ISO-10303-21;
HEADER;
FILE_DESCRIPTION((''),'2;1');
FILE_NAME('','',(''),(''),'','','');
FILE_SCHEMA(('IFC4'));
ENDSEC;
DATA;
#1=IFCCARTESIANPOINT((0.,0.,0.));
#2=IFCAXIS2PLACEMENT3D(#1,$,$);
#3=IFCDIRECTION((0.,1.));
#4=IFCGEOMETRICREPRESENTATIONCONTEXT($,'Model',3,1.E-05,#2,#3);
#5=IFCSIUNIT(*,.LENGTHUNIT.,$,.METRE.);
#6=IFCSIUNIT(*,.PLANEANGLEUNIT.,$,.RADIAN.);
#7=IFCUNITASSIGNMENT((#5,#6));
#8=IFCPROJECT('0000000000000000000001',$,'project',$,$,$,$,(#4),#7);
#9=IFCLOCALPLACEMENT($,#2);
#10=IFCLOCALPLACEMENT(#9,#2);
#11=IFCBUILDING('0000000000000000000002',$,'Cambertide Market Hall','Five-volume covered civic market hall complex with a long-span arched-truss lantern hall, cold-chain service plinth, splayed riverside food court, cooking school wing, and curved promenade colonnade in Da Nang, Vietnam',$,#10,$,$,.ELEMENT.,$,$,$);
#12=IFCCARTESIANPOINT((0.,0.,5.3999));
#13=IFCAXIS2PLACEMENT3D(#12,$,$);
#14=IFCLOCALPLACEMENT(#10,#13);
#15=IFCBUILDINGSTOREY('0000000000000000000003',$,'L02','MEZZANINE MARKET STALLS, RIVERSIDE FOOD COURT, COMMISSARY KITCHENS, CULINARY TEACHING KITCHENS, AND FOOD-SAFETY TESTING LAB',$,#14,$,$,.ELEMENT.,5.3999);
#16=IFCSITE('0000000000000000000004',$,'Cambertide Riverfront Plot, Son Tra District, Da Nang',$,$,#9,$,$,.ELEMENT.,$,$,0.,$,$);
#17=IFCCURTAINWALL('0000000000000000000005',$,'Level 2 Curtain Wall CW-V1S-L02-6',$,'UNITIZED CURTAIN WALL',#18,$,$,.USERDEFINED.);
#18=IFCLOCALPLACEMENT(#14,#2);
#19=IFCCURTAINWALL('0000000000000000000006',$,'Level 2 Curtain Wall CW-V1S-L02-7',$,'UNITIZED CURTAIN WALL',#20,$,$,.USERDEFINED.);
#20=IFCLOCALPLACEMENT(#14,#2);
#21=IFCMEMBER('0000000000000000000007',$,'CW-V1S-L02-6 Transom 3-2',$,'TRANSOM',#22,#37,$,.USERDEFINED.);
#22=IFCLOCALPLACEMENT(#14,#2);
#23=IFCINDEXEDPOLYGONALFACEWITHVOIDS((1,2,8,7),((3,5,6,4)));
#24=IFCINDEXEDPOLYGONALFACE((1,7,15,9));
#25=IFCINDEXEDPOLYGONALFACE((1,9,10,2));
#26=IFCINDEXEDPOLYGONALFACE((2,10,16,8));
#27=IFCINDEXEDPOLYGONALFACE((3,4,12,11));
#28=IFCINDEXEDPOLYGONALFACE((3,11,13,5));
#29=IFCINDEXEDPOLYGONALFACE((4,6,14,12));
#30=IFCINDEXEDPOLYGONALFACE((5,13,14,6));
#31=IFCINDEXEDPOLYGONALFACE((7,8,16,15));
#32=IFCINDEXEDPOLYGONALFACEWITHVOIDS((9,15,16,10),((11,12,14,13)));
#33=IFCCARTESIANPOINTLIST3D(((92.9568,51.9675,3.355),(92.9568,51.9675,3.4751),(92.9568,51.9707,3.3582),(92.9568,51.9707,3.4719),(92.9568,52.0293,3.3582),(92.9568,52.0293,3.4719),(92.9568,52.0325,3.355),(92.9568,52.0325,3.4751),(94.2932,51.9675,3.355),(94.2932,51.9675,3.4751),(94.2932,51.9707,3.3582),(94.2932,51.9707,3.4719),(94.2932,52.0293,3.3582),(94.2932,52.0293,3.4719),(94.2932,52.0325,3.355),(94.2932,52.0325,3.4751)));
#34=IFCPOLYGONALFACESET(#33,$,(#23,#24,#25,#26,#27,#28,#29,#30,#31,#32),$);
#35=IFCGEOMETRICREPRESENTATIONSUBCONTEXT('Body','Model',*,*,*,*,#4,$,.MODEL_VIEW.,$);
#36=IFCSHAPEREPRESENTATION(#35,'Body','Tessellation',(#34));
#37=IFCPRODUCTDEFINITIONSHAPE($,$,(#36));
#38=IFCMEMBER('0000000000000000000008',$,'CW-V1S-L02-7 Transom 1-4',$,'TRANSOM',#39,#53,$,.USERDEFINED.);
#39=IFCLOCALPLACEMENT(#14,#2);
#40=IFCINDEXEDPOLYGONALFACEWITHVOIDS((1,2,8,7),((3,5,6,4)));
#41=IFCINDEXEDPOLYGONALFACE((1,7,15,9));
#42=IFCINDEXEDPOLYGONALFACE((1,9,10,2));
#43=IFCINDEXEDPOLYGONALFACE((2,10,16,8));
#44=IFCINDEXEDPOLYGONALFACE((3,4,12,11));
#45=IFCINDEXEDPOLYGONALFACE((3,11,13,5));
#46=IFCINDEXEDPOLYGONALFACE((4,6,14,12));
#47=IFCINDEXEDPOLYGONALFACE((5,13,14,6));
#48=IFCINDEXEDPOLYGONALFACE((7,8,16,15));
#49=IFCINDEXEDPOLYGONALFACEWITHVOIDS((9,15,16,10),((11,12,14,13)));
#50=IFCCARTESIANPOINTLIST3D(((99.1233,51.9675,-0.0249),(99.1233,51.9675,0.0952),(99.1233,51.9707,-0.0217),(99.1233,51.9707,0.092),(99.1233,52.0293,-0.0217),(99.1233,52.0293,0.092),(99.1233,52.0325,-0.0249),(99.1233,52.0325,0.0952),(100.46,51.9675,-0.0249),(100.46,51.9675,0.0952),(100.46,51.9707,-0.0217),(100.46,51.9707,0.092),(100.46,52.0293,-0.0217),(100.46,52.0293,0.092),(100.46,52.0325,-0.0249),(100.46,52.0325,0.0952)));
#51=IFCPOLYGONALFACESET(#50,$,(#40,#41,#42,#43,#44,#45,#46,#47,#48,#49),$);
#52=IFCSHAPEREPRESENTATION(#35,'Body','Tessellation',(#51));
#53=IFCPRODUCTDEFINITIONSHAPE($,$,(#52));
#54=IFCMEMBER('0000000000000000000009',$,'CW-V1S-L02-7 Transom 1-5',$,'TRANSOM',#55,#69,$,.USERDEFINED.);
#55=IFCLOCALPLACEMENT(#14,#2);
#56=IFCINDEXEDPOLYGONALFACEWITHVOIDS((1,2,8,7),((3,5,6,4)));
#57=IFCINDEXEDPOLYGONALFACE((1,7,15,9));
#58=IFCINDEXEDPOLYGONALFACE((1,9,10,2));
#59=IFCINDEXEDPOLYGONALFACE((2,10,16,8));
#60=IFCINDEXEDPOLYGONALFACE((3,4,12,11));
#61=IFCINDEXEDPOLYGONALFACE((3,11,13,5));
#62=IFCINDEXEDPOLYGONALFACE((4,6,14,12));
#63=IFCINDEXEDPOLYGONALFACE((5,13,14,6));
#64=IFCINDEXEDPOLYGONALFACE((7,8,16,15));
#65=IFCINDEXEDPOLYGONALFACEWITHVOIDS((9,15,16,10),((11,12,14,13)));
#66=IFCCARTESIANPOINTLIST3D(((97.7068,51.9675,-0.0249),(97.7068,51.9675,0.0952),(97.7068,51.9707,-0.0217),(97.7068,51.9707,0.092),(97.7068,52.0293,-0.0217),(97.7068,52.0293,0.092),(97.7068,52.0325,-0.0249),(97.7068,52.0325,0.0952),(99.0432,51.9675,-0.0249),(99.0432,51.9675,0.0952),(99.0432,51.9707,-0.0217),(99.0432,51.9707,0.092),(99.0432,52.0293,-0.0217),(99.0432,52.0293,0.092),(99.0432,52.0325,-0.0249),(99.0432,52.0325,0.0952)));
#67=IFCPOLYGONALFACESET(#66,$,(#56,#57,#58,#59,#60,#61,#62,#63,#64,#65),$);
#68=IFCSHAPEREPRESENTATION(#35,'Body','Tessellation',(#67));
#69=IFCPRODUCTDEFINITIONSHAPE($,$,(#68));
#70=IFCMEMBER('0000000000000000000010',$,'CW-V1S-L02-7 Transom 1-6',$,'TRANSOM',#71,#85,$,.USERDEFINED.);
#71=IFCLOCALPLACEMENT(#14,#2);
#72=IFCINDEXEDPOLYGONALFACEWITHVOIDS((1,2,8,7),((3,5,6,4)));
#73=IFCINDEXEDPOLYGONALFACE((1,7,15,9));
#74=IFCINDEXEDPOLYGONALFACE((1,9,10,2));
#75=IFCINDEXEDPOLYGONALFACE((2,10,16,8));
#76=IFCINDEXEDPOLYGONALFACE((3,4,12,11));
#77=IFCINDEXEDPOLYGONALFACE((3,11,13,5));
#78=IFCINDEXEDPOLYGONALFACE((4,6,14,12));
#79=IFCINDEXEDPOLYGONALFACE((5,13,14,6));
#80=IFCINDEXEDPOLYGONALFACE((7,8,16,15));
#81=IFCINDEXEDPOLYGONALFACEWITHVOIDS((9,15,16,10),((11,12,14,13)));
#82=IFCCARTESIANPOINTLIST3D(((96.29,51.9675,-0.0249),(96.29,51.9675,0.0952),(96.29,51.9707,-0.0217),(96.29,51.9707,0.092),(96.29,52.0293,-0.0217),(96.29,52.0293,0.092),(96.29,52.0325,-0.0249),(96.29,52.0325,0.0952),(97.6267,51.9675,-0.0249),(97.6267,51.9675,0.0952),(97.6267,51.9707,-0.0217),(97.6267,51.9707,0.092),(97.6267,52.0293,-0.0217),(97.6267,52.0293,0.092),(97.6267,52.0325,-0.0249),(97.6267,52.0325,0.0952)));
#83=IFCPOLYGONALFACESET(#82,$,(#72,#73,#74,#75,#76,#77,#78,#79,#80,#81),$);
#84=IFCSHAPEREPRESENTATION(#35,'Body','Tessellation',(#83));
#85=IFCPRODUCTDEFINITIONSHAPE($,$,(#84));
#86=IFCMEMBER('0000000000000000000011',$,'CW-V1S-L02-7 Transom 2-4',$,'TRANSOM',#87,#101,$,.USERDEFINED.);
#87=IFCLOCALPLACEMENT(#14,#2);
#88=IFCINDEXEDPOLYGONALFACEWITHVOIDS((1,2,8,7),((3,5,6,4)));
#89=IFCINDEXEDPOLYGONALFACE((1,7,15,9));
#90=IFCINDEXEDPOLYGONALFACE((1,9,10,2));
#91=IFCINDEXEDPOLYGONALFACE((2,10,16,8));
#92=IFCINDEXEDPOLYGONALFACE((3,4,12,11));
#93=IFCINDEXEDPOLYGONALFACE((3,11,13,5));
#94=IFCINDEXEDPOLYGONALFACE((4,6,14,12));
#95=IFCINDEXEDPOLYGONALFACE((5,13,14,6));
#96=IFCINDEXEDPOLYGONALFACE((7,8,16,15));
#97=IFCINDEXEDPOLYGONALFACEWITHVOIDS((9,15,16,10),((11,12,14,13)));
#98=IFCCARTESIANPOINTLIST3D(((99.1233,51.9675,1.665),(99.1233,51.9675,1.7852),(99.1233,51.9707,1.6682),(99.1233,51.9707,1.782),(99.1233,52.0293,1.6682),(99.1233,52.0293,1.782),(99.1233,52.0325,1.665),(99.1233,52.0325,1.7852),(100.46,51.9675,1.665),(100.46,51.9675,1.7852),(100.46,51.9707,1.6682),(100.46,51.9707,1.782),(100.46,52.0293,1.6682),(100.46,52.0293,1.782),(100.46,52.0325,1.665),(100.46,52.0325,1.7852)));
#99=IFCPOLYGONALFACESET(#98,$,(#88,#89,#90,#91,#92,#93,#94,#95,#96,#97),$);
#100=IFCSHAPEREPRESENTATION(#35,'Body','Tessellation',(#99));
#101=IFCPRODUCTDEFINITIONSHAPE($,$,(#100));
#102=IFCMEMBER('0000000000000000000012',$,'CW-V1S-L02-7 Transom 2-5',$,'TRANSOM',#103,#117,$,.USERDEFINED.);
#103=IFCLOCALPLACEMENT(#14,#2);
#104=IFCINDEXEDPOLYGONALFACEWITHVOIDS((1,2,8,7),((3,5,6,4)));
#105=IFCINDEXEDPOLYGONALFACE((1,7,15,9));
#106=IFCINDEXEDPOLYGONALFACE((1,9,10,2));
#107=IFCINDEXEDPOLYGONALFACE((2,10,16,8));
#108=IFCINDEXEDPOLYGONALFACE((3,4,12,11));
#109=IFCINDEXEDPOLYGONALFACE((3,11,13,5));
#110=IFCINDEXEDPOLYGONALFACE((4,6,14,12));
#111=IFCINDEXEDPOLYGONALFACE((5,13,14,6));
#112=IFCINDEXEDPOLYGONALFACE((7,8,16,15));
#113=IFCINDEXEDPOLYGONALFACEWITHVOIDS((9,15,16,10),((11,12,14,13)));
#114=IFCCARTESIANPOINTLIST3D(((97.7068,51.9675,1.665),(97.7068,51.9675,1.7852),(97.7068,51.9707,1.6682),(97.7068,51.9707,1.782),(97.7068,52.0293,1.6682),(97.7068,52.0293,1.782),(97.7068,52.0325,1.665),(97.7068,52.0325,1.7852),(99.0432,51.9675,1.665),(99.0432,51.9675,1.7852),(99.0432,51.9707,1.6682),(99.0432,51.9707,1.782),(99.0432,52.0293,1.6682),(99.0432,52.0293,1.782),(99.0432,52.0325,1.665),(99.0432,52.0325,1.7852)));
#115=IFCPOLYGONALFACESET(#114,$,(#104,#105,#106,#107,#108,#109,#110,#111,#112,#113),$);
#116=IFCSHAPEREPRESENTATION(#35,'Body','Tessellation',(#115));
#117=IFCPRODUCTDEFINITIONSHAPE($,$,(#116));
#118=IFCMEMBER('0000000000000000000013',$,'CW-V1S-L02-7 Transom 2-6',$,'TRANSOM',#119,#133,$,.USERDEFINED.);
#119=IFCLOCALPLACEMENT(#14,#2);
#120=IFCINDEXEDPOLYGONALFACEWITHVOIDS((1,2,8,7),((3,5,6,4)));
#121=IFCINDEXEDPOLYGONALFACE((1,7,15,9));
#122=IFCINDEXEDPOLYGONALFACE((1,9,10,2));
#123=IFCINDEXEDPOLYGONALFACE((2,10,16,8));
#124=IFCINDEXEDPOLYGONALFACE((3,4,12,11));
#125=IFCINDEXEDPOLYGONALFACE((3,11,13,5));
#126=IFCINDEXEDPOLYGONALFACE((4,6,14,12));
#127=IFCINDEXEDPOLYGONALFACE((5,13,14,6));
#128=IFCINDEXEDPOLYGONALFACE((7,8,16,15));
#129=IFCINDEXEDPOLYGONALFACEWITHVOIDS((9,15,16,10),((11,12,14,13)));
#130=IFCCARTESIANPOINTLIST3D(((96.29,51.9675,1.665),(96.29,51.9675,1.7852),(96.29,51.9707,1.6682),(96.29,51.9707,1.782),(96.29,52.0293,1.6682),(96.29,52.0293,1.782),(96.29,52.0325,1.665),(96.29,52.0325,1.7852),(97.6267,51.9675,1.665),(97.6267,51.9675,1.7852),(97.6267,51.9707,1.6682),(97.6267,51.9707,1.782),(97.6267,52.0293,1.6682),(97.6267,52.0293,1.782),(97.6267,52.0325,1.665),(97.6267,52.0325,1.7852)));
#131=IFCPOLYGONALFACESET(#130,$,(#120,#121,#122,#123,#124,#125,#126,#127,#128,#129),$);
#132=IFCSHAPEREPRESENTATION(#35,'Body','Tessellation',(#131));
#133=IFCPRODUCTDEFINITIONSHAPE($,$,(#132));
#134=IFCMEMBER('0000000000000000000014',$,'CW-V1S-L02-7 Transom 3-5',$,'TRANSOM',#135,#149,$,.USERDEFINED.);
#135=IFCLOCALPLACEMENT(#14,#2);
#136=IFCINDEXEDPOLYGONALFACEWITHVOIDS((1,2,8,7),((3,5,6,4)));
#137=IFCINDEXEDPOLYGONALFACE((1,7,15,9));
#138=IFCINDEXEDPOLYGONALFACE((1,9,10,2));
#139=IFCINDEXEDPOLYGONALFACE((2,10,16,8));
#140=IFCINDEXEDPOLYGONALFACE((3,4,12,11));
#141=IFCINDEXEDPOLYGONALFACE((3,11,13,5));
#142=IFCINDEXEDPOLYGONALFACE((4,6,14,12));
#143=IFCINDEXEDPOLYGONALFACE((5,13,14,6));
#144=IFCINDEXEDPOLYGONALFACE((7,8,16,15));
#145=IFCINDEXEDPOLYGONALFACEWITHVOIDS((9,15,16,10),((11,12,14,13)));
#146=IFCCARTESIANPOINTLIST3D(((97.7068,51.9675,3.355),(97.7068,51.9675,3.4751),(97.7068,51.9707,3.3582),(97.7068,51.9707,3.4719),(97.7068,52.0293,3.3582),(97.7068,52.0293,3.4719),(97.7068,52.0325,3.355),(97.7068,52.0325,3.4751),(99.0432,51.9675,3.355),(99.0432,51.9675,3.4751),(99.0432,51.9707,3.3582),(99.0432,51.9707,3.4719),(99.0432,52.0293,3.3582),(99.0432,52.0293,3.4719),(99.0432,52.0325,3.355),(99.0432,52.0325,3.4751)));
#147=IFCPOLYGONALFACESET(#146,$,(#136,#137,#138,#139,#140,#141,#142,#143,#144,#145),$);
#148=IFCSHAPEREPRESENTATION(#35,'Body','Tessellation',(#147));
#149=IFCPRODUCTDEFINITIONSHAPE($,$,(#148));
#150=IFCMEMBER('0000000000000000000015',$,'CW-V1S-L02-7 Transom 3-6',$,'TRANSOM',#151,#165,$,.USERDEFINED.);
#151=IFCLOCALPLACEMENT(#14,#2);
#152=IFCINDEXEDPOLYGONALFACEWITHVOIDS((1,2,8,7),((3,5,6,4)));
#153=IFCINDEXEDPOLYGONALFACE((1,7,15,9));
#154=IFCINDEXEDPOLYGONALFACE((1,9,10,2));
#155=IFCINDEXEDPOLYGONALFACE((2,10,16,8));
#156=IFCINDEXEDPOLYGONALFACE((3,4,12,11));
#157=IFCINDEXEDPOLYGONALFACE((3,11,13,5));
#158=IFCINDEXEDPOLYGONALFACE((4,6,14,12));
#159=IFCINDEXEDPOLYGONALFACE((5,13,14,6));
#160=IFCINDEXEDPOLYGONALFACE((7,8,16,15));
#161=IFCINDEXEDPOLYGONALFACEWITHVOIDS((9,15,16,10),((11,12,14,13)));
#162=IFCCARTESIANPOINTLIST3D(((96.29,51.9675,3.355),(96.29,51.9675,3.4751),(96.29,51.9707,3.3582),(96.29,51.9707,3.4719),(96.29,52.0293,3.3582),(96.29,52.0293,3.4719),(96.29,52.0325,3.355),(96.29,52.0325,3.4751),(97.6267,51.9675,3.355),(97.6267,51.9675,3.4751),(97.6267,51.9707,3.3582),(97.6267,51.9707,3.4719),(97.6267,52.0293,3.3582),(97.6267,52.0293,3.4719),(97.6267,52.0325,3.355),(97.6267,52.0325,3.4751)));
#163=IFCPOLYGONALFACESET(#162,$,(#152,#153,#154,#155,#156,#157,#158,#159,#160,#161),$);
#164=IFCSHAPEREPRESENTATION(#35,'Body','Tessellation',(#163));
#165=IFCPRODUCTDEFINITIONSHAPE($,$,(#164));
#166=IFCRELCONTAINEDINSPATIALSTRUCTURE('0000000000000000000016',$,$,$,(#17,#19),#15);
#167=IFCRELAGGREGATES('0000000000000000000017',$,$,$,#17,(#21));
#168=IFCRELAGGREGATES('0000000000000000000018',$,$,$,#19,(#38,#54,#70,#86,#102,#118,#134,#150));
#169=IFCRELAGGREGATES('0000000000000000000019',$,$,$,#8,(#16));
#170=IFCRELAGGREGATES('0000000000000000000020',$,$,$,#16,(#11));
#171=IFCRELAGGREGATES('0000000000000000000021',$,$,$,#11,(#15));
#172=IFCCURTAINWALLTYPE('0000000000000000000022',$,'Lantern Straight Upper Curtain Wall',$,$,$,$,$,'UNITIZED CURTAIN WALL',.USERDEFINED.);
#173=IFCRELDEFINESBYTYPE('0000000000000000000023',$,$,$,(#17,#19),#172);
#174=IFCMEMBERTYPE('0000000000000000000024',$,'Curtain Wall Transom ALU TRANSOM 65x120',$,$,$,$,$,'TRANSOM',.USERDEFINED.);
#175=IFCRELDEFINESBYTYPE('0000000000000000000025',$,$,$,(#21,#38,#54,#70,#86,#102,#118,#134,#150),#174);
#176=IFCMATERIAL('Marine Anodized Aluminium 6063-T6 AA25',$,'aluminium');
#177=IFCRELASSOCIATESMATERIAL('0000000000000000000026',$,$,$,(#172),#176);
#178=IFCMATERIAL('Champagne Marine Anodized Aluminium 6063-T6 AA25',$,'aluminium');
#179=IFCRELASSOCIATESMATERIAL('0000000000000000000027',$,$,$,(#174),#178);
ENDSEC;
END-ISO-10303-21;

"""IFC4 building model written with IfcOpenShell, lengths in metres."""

from ifc_helpers import new_model, si_unit, direction, frame, origin, origin_2d, place, context, subcontext, project, spatial, hollow_rectangle, extrude, material, material_profile, profile_set, type_object, element, aggregate, save


model = new_model("IFC4")

# Units and contexts
model_context = context("Model", 3, precision=1e-05, world=origin(), true_north=direction((0.0, 1.0)))
body_context = subcontext(model_context, "Body", "Model", "MODEL_VIEW")
ifc_project = project(units=[si_unit("LENGTHUNIT", "METRE"), si_unit("PLANEANGLEUNIT", "RADIAN")], contexts=[model_context])

# Site, building, storey
site_placement = place(None, origin())
site = spatial("IfcSite", under=ifc_project, at=site_placement, Name="Cambertide Riverfront Plot, Son Tra District, Da Nang", CompositionType="ELEMENT", RefElevation=0.0)
building_placement = place(site_placement, origin())
building = spatial("IfcBuilding", under=site, at=building_placement, Name="Cambertide Market Hall", Description="Five-volume covered civic market hall complex with a long-span arched-truss lantern hall, cold-chain service plinth, splayed riverside food court, cooking school wing, and curved promenade colonnade in Da Nang, Vietnam", CompositionType="ELEMENT")
storey_placement = place(building_placement, frame((0.0, 0.0, 5.3999)))
storey = spatial("IfcBuildingStorey", under=building, at=storey_placement, Name="L02", Description="MEZZANINE MARKET STALLS, RIVERSIDE FOOD COURT, COMMISSARY KITCHENS, CULINARY TEACHING KITCHENS, AND FOOD-SAFETY TESTING LAB", CompositionType="ELEMENT", Elevation=5.3999)

# Curtain walls
ifc_material_1 = material(Name="Marine Anodized Aluminium 6063-T6 AA25", Category="aluminium")
curtain_wall_type = type_object("IfcCurtainWallType", Name="Lantern Straight Upper Curtain Wall", ElementType="UNITIZED CURTAIN WALL", PredefinedType="USERDEFINED", material=ifc_material_1)
curtain_wall_1_placement = place(storey_placement, origin())
curtain_wall_1 = element("IfcCurtainWall", 1, at=curtain_wall_1_placement, inside=storey, type_object=curtain_wall_type, Name="Level 2 Curtain Wall CW-V1S-L02-6", ObjectType="UNITIZED CURTAIN WALL", PredefinedType="USERDEFINED")
curtain_wall_2_placement = place(storey_placement, origin())
curtain_wall_2 = element("IfcCurtainWall", 2, at=curtain_wall_2_placement, inside=storey, type_object=curtain_wall_type, Name="Level 2 Curtain Wall CW-V1S-L02-7", ObjectType="UNITIZED CURTAIN WALL", PredefinedType="USERDEFINED")

# Members
ifc_material_2 = material(Name="Champagne Marine Anodized Aluminium 6063-T6 AA25", Category="aluminium")
ifc_material_profile_1 = material_profile(ifc_material_2, hollow_rectangle(XDim=0.0649, YDim=0.1201, WallThickness=0.0032, at=origin_2d()), Name="ALU TRANSOM 65x120")
ifc_profile_set_1 = profile_set([ifc_material_profile_1], Name="Champagne Marine Anodized Aluminium 6063-T6 AA25")
member_type_1 = type_object("IfcMemberType", Name="Curtain Wall Transom ALU TRANSOM 65x120", ElementType="TRANSOM", PredefinedType="USERDEFINED", material=ifc_profile_set_1)
member_1_placement = place(storey_placement, frame((94.2932, 52.0, 3.415), z_axis=(-1.0, 0.0, 0.0), x_axis=(0.0, -1.0, 0.0)))
member_1 = element("IfcMember", 3, at=member_1_placement, type_object=member_type_1, Name="CW-V1S-L02-6 Transom 3-2", ObjectType="TRANSOM", PredefinedType="USERDEFINED", context=body_context, shape_type="SweptSolid", body=[
    extrude(hollow_rectangle(XDim=0.0649, YDim=0.1201, WallThickness=0.0032, at=origin_2d()), origin(), (0.0, 0.0, 1.0), 1.3364),
])
member_2_placement = place(storey_placement, frame((100.46, 52.0, 0.0352), z_axis=(-1.0, 0.0, 0.0), x_axis=(0.0, -1.0, 0.0)))
member_2 = element("IfcMember", 4, at=member_2_placement, type_object=member_type_1, Name="CW-V1S-L02-7 Transom 1-4", ObjectType="TRANSOM", PredefinedType="USERDEFINED", context=body_context, shape_type="SweptSolid", body=[
    extrude(hollow_rectangle(XDim=0.0649, YDim=0.1201, WallThickness=0.0032, at=origin_2d()), origin(), (0.0, 0.0, 1.0), 1.3367),
])
member_3_placement = place(storey_placement, frame((99.0432, 52.0, 0.0352), z_axis=(-1.0, 0.0, 0.0), x_axis=(0.0, -1.0, 0.0)))
member_3 = element("IfcMember", 5, at=member_3_placement, type_object=member_type_1, Name="CW-V1S-L02-7 Transom 1-5", ObjectType="TRANSOM", PredefinedType="USERDEFINED", context=body_context, shape_type="SweptSolid", body=[
    extrude(hollow_rectangle(XDim=0.0649, YDim=0.1201, WallThickness=0.0032, at=origin_2d()), origin(), (0.0, 0.0, 1.0), 1.3364),
])
member_4_placement = place(storey_placement, frame((97.6267, 52.0, 0.0352), z_axis=(-1.0, 0.0, 0.0), x_axis=(0.0, -1.0, 0.0)))
member_4 = element("IfcMember", 6, at=member_4_placement, type_object=member_type_1, Name="CW-V1S-L02-7 Transom 1-6", ObjectType="TRANSOM", PredefinedType="USERDEFINED", context=body_context, shape_type="SweptSolid", body=[
    extrude(hollow_rectangle(XDim=0.0649, YDim=0.1201, WallThickness=0.0032, at=origin_2d()), origin(), (0.0, 0.0, 1.0), 1.3367),
])
member_5_placement = place(storey_placement, frame((100.46, 52.0, 1.7251), z_axis=(-1.0, 0.0, 0.0), x_axis=(0.0, -1.0, 0.0)))
member_5 = element("IfcMember", 7, at=member_5_placement, type_object=member_type_1, Name="CW-V1S-L02-7 Transom 2-4", ObjectType="TRANSOM", PredefinedType="USERDEFINED", context=body_context, shape_type="SweptSolid", body=[
    extrude(hollow_rectangle(XDim=0.0649, YDim=0.1201, WallThickness=0.0032, at=origin_2d()), origin(), (0.0, 0.0, 1.0), 1.3367),
])
member_6_placement = place(storey_placement, frame((99.0432, 52.0, 1.7251), z_axis=(-1.0, 0.0, 0.0), x_axis=(0.0, -1.0, 0.0)))
member_6 = element("IfcMember", 8, at=member_6_placement, type_object=member_type_1, Name="CW-V1S-L02-7 Transom 2-5", ObjectType="TRANSOM", PredefinedType="USERDEFINED", context=body_context, shape_type="SweptSolid", body=[
    extrude(hollow_rectangle(XDim=0.0649, YDim=0.1201, WallThickness=0.0032, at=origin_2d()), origin(), (0.0, 0.0, 1.0), 1.3364),
])
member_7_placement = place(storey_placement, frame((97.6267, 52.0, 1.7251), z_axis=(-1.0, 0.0, 0.0), x_axis=(0.0, -1.0, 0.0)))
member_7 = element("IfcMember", 9, at=member_7_placement, type_object=member_type_1, Name="CW-V1S-L02-7 Transom 2-6", ObjectType="TRANSOM", PredefinedType="USERDEFINED", context=body_context, shape_type="SweptSolid", body=[
    extrude(hollow_rectangle(XDim=0.0649, YDim=0.1201, WallThickness=0.0032, at=origin_2d()), origin(), (0.0, 0.0, 1.0), 1.3367),
])
member_8_placement = place(storey_placement, frame((99.0432, 52.0, 3.415), z_axis=(-1.0, 0.0, 0.0), x_axis=(0.0, -1.0, 0.0)))
member_8 = element("IfcMember", 10, at=member_8_placement, type_object=member_type_1, Name="CW-V1S-L02-7 Transom 3-5", ObjectType="TRANSOM", PredefinedType="USERDEFINED", context=body_context, shape_type="SweptSolid", body=[
    extrude(hollow_rectangle(XDim=0.0649, YDim=0.1201, WallThickness=0.0032, at=origin_2d()), origin(), (0.0, 0.0, 1.0), 1.3364),
])
member_9_placement = place(storey_placement, frame((97.6267, 52.0, 3.415), z_axis=(-1.0, 0.0, 0.0), x_axis=(0.0, -1.0, 0.0)))
member_9 = element("IfcMember", 11, at=member_9_placement, type_object=member_type_1, Name="CW-V1S-L02-7 Transom 3-6", ObjectType="TRANSOM", PredefinedType="USERDEFINED", context=body_context, shape_type="SweptSolid", body=[
    extrude(hollow_rectangle(XDim=0.0649, YDim=0.1201, WallThickness=0.0032, at=origin_2d()), origin(), (0.0, 0.0, 1.0), 1.3367),
])

aggregate(curtain_wall_1, [member_1])
aggregate(curtain_wall_2, [member_2, member_3, member_4, member_5, member_6, member_7, member_8, member_9])

save(model, "model.ifc")
